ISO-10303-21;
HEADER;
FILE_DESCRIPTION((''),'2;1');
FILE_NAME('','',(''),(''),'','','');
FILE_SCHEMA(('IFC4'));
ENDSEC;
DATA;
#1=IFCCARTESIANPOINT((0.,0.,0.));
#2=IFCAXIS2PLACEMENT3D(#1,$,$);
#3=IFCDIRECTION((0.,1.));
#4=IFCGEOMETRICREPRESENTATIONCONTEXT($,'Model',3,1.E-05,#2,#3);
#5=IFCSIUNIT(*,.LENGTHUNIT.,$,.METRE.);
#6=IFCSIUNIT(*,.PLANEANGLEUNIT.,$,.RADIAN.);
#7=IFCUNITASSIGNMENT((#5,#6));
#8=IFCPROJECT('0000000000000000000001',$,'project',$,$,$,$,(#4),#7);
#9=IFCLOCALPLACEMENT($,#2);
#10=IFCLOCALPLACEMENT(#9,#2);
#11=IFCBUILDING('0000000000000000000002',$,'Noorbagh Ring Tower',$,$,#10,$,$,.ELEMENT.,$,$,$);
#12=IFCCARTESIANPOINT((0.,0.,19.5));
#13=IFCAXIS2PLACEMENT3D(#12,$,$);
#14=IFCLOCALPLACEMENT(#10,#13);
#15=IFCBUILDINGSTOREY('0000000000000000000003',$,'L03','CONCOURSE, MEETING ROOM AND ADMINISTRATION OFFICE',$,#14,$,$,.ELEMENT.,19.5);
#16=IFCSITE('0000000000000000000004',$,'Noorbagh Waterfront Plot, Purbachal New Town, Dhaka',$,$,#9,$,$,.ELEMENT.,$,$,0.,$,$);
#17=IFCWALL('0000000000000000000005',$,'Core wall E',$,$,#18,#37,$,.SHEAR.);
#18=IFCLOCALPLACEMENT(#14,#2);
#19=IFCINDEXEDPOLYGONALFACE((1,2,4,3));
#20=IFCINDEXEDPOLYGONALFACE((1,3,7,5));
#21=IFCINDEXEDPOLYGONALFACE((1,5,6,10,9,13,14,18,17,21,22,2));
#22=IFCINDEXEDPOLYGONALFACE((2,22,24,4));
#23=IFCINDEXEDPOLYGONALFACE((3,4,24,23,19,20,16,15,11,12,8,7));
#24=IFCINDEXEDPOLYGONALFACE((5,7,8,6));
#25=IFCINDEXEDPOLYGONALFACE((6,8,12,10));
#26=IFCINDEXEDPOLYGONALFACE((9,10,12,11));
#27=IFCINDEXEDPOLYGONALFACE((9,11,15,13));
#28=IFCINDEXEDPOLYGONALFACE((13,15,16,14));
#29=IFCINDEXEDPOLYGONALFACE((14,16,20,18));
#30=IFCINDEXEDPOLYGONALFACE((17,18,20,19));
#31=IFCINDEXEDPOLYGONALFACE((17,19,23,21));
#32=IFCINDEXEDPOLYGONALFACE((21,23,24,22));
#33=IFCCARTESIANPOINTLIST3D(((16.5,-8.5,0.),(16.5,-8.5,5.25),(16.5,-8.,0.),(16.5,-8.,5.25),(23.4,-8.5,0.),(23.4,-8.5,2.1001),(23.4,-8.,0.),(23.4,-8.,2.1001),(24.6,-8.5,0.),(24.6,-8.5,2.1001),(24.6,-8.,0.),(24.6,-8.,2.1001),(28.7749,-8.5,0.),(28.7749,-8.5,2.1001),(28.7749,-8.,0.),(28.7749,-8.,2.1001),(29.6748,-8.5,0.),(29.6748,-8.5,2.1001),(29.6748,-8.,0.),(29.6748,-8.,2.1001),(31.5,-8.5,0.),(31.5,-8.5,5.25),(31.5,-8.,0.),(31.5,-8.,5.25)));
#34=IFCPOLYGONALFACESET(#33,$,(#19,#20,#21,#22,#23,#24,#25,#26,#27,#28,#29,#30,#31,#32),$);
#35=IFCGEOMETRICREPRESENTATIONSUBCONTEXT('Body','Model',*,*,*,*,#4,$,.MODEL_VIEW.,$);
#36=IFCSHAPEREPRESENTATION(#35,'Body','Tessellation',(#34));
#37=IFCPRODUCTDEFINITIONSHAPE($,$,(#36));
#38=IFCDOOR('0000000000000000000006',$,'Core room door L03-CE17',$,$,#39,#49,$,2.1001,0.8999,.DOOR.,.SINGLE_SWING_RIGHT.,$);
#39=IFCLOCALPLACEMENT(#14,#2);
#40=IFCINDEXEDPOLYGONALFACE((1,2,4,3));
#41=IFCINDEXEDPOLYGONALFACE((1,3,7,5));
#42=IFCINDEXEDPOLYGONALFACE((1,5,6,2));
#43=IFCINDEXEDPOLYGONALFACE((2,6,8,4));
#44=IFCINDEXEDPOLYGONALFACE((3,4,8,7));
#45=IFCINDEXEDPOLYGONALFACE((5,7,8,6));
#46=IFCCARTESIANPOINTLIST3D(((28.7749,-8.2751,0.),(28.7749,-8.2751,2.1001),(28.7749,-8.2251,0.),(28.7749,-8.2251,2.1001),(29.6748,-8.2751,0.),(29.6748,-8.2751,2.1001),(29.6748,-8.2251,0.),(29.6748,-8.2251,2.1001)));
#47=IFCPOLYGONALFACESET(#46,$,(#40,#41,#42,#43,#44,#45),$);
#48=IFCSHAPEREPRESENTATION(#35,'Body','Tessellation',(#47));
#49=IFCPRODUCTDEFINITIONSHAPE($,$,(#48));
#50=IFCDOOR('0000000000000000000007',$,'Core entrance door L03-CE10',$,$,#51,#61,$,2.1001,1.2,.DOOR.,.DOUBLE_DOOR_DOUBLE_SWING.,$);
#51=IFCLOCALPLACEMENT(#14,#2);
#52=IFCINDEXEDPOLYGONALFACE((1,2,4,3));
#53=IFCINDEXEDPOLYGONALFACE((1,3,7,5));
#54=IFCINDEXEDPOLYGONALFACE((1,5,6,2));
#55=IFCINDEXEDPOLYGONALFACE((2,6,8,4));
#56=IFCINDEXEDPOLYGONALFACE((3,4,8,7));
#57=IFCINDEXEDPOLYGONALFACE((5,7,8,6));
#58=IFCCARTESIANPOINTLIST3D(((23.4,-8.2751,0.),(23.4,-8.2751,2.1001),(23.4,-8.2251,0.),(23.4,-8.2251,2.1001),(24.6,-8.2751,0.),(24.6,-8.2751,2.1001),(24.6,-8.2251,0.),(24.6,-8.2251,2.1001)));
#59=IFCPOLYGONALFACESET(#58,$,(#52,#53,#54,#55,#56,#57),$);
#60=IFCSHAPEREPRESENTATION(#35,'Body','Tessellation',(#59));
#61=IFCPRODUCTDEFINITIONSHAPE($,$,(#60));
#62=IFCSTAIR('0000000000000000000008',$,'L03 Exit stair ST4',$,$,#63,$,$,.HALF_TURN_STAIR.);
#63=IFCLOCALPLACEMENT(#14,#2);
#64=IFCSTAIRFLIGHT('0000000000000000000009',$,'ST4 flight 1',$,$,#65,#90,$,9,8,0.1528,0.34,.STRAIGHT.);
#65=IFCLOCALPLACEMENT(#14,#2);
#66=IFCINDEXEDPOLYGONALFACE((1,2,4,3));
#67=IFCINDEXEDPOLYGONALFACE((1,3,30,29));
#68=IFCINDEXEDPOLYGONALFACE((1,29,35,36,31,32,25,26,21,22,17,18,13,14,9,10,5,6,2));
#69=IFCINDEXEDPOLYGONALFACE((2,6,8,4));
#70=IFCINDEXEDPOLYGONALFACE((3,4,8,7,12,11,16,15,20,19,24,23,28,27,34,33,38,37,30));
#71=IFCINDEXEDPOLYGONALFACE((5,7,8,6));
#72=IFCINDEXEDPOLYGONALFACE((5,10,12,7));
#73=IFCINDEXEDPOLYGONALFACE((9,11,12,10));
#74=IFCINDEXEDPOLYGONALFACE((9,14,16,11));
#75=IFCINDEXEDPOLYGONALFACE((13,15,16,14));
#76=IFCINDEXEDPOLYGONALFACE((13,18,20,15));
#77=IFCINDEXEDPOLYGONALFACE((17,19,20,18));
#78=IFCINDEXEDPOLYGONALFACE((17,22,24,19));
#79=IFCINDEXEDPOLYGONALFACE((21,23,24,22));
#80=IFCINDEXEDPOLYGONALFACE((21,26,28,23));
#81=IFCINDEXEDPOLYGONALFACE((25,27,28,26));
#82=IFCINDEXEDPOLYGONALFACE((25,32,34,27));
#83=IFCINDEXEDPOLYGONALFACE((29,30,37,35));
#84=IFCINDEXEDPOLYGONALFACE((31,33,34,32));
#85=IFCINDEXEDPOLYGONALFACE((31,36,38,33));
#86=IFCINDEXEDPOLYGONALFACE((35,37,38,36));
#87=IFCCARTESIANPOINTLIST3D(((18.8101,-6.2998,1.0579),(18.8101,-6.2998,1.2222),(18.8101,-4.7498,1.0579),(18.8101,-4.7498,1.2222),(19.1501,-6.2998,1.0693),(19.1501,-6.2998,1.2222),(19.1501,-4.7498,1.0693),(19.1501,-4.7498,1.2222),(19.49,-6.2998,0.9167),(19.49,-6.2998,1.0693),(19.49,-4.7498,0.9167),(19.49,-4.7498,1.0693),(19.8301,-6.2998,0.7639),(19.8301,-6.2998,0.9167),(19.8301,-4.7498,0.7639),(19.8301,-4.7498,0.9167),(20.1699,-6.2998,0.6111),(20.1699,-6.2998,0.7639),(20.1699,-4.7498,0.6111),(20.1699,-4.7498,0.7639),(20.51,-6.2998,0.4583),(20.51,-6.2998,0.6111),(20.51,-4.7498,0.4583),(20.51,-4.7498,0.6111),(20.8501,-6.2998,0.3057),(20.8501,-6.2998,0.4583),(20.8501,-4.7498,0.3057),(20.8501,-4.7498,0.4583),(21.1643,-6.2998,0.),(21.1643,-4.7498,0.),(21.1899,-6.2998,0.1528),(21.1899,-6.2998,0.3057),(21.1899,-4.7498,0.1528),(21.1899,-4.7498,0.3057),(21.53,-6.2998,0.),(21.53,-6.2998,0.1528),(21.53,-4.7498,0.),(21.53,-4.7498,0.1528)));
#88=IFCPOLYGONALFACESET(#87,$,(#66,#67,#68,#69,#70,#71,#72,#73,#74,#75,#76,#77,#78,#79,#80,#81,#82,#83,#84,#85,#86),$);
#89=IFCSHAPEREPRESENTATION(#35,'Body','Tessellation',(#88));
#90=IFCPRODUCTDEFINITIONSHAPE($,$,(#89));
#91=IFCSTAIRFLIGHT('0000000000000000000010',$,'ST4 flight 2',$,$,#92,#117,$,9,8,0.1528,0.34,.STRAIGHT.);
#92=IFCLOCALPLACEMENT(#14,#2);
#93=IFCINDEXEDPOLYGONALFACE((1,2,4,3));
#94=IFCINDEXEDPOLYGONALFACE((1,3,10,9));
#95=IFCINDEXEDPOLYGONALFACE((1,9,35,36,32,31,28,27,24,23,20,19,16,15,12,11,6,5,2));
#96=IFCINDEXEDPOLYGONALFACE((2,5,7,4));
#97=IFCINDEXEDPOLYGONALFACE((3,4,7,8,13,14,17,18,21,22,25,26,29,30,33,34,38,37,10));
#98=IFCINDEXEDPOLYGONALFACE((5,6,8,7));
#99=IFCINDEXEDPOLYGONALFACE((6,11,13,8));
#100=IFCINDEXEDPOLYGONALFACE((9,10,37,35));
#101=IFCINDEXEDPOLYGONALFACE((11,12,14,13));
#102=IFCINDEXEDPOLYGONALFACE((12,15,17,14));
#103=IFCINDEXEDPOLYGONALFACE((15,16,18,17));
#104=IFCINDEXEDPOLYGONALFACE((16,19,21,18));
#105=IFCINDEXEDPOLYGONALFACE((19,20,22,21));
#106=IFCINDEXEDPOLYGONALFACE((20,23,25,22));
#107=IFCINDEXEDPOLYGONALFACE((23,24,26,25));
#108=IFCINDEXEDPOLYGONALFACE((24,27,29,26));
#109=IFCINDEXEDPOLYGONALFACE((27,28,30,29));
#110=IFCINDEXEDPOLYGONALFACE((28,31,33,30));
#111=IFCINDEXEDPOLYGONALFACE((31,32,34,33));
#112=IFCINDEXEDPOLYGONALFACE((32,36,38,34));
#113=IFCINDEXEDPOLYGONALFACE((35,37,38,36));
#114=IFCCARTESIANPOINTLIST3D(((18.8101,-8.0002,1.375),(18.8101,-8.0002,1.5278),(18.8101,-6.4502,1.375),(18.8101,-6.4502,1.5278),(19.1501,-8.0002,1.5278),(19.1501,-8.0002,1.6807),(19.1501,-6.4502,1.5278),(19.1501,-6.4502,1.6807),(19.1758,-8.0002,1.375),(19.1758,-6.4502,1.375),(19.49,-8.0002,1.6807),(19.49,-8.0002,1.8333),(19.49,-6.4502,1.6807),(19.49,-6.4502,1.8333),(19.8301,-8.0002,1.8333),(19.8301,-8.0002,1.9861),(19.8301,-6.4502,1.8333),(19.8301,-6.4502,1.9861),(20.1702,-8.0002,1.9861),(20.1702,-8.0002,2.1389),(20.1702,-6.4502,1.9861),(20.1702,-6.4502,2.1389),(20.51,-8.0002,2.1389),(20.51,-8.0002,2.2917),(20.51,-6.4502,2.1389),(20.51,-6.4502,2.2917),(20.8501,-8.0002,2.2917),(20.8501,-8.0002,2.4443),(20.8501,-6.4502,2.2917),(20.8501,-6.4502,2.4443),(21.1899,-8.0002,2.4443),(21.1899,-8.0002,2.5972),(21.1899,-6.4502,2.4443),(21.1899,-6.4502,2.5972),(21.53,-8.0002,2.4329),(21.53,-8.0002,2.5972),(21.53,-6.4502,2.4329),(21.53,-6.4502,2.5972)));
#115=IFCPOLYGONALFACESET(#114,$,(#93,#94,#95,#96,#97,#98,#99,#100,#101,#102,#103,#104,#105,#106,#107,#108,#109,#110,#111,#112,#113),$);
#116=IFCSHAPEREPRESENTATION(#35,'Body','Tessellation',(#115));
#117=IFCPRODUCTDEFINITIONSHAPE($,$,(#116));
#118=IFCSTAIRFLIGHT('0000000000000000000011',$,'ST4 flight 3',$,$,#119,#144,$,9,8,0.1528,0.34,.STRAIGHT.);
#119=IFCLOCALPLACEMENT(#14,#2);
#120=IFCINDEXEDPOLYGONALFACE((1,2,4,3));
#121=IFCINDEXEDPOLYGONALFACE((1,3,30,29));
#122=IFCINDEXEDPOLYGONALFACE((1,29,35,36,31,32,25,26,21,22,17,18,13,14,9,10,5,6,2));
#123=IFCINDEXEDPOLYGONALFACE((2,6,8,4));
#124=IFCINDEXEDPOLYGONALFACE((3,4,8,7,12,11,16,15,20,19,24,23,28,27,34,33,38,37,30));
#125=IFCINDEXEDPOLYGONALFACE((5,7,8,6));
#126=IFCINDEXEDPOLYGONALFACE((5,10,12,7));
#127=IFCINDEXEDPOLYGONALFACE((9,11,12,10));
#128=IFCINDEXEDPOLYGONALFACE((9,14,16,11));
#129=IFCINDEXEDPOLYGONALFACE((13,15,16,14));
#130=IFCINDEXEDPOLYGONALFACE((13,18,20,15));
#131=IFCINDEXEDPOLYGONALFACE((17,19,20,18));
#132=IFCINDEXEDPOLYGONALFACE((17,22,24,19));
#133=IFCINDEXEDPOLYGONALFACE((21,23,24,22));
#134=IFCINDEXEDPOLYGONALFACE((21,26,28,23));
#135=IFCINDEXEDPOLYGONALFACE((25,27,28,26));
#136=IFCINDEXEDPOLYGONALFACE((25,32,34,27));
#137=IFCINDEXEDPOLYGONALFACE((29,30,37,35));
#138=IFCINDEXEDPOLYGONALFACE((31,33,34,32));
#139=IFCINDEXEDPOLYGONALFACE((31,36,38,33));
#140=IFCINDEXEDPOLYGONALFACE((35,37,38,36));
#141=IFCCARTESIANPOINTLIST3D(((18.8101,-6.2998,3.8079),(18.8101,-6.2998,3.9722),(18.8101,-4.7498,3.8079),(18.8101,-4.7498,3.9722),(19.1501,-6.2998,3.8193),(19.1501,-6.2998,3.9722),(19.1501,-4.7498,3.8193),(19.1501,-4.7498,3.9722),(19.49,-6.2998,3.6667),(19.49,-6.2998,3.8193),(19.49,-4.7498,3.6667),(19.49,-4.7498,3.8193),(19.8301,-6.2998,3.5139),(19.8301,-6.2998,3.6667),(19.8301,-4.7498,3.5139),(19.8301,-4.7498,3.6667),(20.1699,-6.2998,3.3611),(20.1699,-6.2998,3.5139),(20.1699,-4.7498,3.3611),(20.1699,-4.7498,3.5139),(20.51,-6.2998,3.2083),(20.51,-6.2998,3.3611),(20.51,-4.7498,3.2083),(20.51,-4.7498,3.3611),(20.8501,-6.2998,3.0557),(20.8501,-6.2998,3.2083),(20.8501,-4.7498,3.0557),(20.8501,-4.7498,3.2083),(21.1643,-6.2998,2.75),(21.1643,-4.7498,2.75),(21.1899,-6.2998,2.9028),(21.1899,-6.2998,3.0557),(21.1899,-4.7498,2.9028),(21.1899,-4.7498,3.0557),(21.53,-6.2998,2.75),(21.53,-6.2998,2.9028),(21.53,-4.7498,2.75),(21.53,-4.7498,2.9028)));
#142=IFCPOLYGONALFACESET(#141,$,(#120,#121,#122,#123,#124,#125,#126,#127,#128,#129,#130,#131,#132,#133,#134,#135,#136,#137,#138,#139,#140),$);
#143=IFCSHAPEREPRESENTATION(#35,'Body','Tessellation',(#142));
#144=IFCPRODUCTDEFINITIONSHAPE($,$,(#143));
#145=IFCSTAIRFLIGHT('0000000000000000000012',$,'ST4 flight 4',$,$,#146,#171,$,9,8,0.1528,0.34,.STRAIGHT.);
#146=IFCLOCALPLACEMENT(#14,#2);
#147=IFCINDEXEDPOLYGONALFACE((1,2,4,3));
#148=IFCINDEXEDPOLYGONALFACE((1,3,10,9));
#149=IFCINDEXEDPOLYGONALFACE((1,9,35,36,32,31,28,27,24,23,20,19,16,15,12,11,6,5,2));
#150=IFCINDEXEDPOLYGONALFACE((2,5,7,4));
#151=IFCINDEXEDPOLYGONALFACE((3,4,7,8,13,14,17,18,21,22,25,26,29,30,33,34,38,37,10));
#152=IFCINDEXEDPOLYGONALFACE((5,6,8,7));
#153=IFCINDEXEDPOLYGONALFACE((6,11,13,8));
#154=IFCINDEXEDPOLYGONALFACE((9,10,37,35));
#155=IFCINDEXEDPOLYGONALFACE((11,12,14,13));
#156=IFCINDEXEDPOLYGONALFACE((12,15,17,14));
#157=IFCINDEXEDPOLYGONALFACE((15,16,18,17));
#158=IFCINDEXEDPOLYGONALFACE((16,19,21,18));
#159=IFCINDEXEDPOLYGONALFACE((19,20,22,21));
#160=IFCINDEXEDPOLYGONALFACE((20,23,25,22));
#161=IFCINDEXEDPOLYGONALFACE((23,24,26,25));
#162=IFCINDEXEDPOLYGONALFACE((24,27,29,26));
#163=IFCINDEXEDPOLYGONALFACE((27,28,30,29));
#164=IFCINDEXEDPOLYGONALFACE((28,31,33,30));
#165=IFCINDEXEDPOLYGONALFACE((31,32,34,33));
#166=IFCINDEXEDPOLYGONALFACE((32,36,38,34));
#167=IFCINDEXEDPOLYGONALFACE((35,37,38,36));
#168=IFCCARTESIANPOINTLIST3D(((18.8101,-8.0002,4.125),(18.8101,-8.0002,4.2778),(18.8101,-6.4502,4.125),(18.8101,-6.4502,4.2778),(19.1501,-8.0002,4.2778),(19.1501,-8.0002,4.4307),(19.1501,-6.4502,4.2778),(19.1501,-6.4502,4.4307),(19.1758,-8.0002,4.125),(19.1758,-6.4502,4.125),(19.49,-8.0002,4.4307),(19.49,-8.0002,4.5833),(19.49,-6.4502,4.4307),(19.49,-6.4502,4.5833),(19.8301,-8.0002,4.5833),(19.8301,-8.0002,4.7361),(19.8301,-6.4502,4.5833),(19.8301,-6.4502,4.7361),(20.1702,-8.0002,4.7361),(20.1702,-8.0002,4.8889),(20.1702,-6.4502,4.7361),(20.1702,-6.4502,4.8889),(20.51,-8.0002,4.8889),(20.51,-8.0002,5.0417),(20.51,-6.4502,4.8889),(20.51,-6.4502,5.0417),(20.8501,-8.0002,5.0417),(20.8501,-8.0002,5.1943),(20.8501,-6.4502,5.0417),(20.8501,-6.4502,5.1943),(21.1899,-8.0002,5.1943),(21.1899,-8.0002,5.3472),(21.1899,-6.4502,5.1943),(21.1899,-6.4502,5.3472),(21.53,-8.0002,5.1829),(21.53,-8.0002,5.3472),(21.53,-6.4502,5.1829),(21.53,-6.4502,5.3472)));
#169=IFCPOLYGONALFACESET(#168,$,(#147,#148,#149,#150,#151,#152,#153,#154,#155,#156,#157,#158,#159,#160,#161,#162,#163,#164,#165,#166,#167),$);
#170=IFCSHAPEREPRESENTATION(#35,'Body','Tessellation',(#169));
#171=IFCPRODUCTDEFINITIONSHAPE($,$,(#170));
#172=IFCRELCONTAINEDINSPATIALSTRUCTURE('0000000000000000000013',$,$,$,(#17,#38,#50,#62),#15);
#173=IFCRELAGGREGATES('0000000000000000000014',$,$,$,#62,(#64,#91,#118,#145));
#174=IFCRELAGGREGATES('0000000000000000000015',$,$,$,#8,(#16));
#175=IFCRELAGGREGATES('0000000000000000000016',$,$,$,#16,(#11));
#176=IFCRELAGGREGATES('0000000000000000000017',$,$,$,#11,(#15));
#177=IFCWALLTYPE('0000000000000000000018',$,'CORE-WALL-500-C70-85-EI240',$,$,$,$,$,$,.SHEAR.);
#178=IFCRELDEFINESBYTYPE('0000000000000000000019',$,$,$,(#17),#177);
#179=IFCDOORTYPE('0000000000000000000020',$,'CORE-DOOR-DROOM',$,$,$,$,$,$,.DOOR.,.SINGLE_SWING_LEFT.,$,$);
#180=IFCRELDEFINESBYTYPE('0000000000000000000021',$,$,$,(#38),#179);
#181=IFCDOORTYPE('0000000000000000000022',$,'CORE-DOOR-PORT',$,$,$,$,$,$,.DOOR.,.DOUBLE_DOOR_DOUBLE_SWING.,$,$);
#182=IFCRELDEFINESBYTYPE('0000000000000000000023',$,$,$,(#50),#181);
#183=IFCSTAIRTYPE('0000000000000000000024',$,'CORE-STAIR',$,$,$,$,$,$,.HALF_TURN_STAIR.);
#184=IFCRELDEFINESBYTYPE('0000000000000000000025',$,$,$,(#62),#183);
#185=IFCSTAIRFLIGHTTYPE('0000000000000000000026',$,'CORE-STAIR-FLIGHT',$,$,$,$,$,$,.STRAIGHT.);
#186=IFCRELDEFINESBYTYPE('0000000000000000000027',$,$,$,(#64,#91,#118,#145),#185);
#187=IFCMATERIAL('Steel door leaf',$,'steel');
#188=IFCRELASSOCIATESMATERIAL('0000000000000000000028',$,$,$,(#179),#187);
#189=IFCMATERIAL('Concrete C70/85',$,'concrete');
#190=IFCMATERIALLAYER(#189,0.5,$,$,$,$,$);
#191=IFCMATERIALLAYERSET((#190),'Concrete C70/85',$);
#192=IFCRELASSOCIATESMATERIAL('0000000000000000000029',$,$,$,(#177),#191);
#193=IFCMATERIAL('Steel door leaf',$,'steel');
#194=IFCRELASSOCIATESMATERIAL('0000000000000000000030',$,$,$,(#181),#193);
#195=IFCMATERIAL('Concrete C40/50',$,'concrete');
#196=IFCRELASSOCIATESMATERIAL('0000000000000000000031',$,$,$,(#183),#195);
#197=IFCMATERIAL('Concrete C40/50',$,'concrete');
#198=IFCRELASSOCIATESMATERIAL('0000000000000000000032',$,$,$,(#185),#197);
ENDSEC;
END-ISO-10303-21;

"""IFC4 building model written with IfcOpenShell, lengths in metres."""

from ifc_helpers import new_model, si_unit, direction, frame, frame_2d, origin, place, context, subcontext, project, spatial, polyline, rectangle, outline, extrude, material, layer, layer_set, type_object, element, fill, aggregate, save


model = new_model("IFC4")

# Units and contexts
model_context = context("Model", 3, precision=1e-05, world=origin(), true_north=direction((0.0, 1.0)))
body_context = subcontext(model_context, "Body", "Model", "MODEL_VIEW")
ifc_project = project(units=[si_unit("LENGTHUNIT", "METRE"), si_unit("PLANEANGLEUNIT", "RADIAN")], contexts=[model_context])

# Site, building, storey
site_placement = place(None, origin())
site = spatial("IfcSite", under=ifc_project, at=site_placement, Name="Noorbagh Waterfront Plot, Purbachal New Town, Dhaka", CompositionType="ELEMENT", RefElevation=0.0)
building_placement = place(site_placement, origin())
building = spatial("IfcBuilding", under=site, at=building_placement, Name="Noorbagh Ring Tower", CompositionType="ELEMENT")
storey_placement = place(building_placement, frame((0.0, 0.0, 19.5)))
storey = spatial("IfcBuildingStorey", under=building, at=storey_placement, Name="L03", Description="CONCOURSE, MEETING ROOM AND ADMINISTRATION OFFICE", CompositionType="ELEMENT", Elevation=19.5)

# Shared definitions
ifc_material_1 = material(Name="Steel door leaf", Category="steel")
door_type_1 = type_object("IfcDoorType", Name="CORE-DOOR-DROOM", OperationType="SINGLE_SWING_LEFT", PredefinedType="DOOR", material=ifc_material_1)

# Wall, openings, doors
ifc_material_2 = material(Name="Concrete C70/85", Category="concrete")
ifc_layer_1 = layer(ifc_material_2, 0.5)
ifc_layer_set_1 = layer_set([ifc_layer_1], Name="Concrete C70/85")
wall_type_1 = type_object("IfcWallType", Name="CORE-WALL-500-C70-85-EI240", PredefinedType="SHEAR", material=ifc_layer_set_1)
wall_1_placement = place(storey_placement, frame((16.5, -8.25, 0.0), z_axis=(0.0, 0.0, 1.0), x_axis=(1.0, 0.0, 0.0)))
wall_1 = element("IfcWall", 1, at=wall_1_placement, inside=storey, type_object=wall_type_1, Name="Core wall E", PredefinedType="SHEAR", context=body_context, shape_type="SweptSolid", body=[
    extrude(rectangle(XDim=15.0, YDim=0.5, at=frame_2d((7.5, 0.0))), origin(), (0.0, 0.0, 1.0), 5.25),
])
opening_1_placement = place(wall_1_placement, frame((6.8999, 0.0, 0.0)))
opening_1 = element("IfcOpeningElement", 2, at=opening_1_placement, cuts=wall_1, PredefinedType="OPENING", context=body_context, shape_type="SweptSolid", body=[
    extrude(rectangle(XDim=1.2, YDim=2.1001, at=frame_2d((0.6001, 1.05))), frame((0.0, 0.26, 0.0), z_axis=(0.0, -1.0, 0.0), x_axis=(1.0, 0.0, 0.0)), (0.0, 0.0, 1.0), 0.52),
])
opening_2_placement = place(wall_1_placement, frame((12.2749, 0.0, 0.0)))
opening_2 = element("IfcOpeningElement", 3, at=opening_2_placement, cuts=wall_1, PredefinedType="OPENING", context=body_context, shape_type="SweptSolid", body=[
    extrude(rectangle(XDim=0.8999, YDim=2.1001, at=frame_2d((0.45, 1.05))), frame((0.0, 0.26, 0.0), z_axis=(0.0, -1.0, 0.0), x_axis=(1.0, 0.0, 0.0)), (0.0, 0.0, 1.0), 0.52),
])
door_1_placement = place(opening_2_placement, origin())
door_1 = element("IfcDoor", 4, at=door_1_placement, inside=storey, type_object=door_type_1, Name="Core room door L03-CE17", OperationType="SINGLE_SWING_RIGHT", OverallHeight=2.1001, OverallWidth=0.8999, PredefinedType="DOOR", context=body_context, shape_type="SweptSolid", body=[
    extrude(rectangle(XDim=0.8999, YDim=2.1001, at=frame_2d((0.45, 1.05))), frame((0.0, 0.0249, 0.0), z_axis=(0.0, -1.0, 0.0), x_axis=(1.0, 0.0, 0.0)), (0.0, 0.0, 1.0), 0.05),
])
fill(opening_2, door_1)
ifc_material_3 = material(Name="Steel door leaf", Category="steel")
door_type_2 = type_object("IfcDoorType", Name="CORE-DOOR-PORT", OperationType="DOUBLE_DOOR_DOUBLE_SWING", PredefinedType="DOOR", material=ifc_material_3)
door_2_placement = place(opening_1_placement, origin())
door_2 = element("IfcDoor", 5, at=door_2_placement, inside=storey, type_object=door_type_2, Name="Core entrance door L03-CE10", OperationType="DOUBLE_DOOR_DOUBLE_SWING", OverallHeight=2.1001, OverallWidth=1.2, PredefinedType="DOOR", context=body_context, shape_type="SweptSolid", body=[
    extrude(rectangle(XDim=1.2, YDim=2.1001, at=frame_2d((0.6001, 1.05))), frame((0.0, 0.0249, 0.0), z_axis=(0.0, -1.0, 0.0), x_axis=(1.0, 0.0, 0.0)), (0.0, 0.0, 1.0), 0.05),
])
fill(opening_1, door_2)

# Stair, stair flights
ifc_material_4 = material(Name="Concrete C40/50", Category="concrete")
stair_type = type_object("IfcStairType", Name="CORE-STAIR", PredefinedType="HALF_TURN_STAIR", material=ifc_material_4)
stair_placement = place(storey_placement, origin())
stair = element("IfcStair", 6, at=stair_placement, inside=storey, type_object=stair_type, Name="L03 Exit stair ST4", PredefinedType="HALF_TURN_STAIR")
ifc_material_5 = material(Name="Concrete C40/50", Category="concrete")
stair_flight_type = type_object("IfcStairFlightType", Name="CORE-STAIR-FLIGHT", PredefinedType="STRAIGHT", material=ifc_material_5)
stair_flight_1_placement = place(storey_placement, frame((21.53, -5.5249, 0.0), z_axis=(0.0, 0.0, 1.0), x_axis=(-1.0, 0.0, 0.0)))
stair_flight_1 = element("IfcStairFlight", 7, at=stair_flight_1_placement, type_object=stair_flight_type, Name="ST4 flight 1", NumberOfRisers=9, NumberOfTreads=8, PredefinedType="STRAIGHT", RiserHeight=0.1528, TreadLength=0.34, context=body_context, shape_type="SweptSolid", body=[
    extrude(outline(polyline([(0.0, 0.0), (0.0, 0.1528), (0.3401, 0.1528), (0.3401, 0.3057), (0.6799, 0.3057), (0.6799, 0.4583), (1.02, 0.4583), (1.02, 0.6111), (1.3601, 0.6111), (1.3601, 0.7639), (1.7, 0.7639), (1.7, 0.9167), (2.04, 0.9167), (2.04, 1.0693), (2.3799, 1.0693), (2.3799, 1.2222), (2.72, 1.2222), (2.72, 1.375), (2.72, 1.0579), (0.3657, 0.0), (0.0, 0.0)])), frame((0.0, 0.7749, 0.0), z_axis=(0.0, -1.0, 0.0), x_axis=(1.0, 0.0, 0.0)), (0.0, 0.0, 1.0), 1.55),
])
stair_flight_2_placement = place(storey_placement, frame((18.8101, -7.2251, 1.375), z_axis=(0.0, 0.0, 1.0), x_axis=(1.0, 0.0, 0.0)))
stair_flight_2 = element("IfcStairFlight", 8, at=stair_flight_2_placement, type_object=stair_flight_type, Name="ST4 flight 2", NumberOfRisers=9, NumberOfTreads=8, PredefinedType="STRAIGHT", RiserHeight=0.1528, TreadLength=0.34, context=body_context, shape_type="SweptSolid", body=[
    extrude(outline(polyline([(0.0, 0.0), (0.0, 0.1528), (0.3401, 0.1528), (0.3401, 0.3057), (0.6799, 0.3057), (0.6799, 0.4583), (1.02, 0.4583), (1.02, 0.6111), (1.3601, 0.6111), (1.3601, 0.7639), (1.7, 0.7639), (1.7, 0.9167), (2.04, 0.9167), (2.04, 1.0693), (2.3799, 1.0693), (2.3799, 1.2222), (2.72, 1.2222), (2.72, 1.375), (2.72, 1.0579), (0.3657, 0.0), (0.0, 0.0)])), frame((0.0, 0.7749, 0.0), z_axis=(0.0, -1.0, 0.0), x_axis=(1.0, 0.0, 0.0)), (0.0, 0.0, 1.0), 1.55),
])
stair_flight_3_placement = place(storey_placement, frame((21.53, -5.5249, 2.75), z_axis=(0.0, 0.0, 1.0), x_axis=(-1.0, 0.0, 0.0)))
stair_flight_3 = element("IfcStairFlight", 9, at=stair_flight_3_placement, type_object=stair_flight_type, Name="ST4 flight 3", NumberOfRisers=9, NumberOfTreads=8, PredefinedType="STRAIGHT", RiserHeight=0.1528, TreadLength=0.34, context=body_context, shape_type="SweptSolid", body=[
    extrude(outline(polyline([(0.0, 0.0), (0.0, 0.1528), (0.3401, 0.1528), (0.3401, 0.3057), (0.6799, 0.3057), (0.6799, 0.4583), (1.02, 0.4583), (1.02, 0.6111), (1.3601, 0.6111), (1.3601, 0.7639), (1.7, 0.7639), (1.7, 0.9167), (2.04, 0.9167), (2.04, 1.0693), (2.3799, 1.0693), (2.3799, 1.2222), (2.72, 1.2222), (2.72, 1.375), (2.72, 1.0579), (0.3657, 0.0), (0.0, 0.0)])), frame((0.0, 0.7749, 0.0), z_axis=(0.0, -1.0, 0.0), x_axis=(1.0, 0.0, 0.0)), (0.0, 0.0, 1.0), 1.55),
])
stair_flight_4_placement = place(storey_placement, frame((18.8101, -7.2251, 4.125), z_axis=(0.0, 0.0, 1.0), x_axis=(1.0, 0.0, 0.0)))
stair_flight_4 = element("IfcStairFlight", 10, at=stair_flight_4_placement, type_object=stair_flight_type, Name="ST4 flight 4", NumberOfRisers=9, NumberOfTreads=8, PredefinedType="STRAIGHT", RiserHeight=0.1528, TreadLength=0.34, context=body_context, shape_type="SweptSolid", body=[
    extrude(outline(polyline([(0.0, 0.0), (0.0, 0.1528), (0.3401, 0.1528), (0.3401, 0.3057), (0.6799, 0.3057), (0.6799, 0.4583), (1.02, 0.4583), (1.02, 0.6111), (1.3601, 0.6111), (1.3601, 0.7639), (1.7, 0.7639), (1.7, 0.9167), (2.04, 0.9167), (2.04, 1.0693), (2.3799, 1.0693), (2.3799, 1.2222), (2.72, 1.2222), (2.72, 1.375), (2.72, 1.0579), (0.3657, 0.0), (0.0, 0.0)])), frame((0.0, 0.7749, 0.0), z_axis=(0.0, -1.0, 0.0), x_axis=(1.0, 0.0, 0.0)), (0.0, 0.0, 1.0), 1.55),
])
aggregate(stair, [stair_flight_1, stair_flight_2, stair_flight_3, stair_flight_4])

save(model, "model.ifc")
